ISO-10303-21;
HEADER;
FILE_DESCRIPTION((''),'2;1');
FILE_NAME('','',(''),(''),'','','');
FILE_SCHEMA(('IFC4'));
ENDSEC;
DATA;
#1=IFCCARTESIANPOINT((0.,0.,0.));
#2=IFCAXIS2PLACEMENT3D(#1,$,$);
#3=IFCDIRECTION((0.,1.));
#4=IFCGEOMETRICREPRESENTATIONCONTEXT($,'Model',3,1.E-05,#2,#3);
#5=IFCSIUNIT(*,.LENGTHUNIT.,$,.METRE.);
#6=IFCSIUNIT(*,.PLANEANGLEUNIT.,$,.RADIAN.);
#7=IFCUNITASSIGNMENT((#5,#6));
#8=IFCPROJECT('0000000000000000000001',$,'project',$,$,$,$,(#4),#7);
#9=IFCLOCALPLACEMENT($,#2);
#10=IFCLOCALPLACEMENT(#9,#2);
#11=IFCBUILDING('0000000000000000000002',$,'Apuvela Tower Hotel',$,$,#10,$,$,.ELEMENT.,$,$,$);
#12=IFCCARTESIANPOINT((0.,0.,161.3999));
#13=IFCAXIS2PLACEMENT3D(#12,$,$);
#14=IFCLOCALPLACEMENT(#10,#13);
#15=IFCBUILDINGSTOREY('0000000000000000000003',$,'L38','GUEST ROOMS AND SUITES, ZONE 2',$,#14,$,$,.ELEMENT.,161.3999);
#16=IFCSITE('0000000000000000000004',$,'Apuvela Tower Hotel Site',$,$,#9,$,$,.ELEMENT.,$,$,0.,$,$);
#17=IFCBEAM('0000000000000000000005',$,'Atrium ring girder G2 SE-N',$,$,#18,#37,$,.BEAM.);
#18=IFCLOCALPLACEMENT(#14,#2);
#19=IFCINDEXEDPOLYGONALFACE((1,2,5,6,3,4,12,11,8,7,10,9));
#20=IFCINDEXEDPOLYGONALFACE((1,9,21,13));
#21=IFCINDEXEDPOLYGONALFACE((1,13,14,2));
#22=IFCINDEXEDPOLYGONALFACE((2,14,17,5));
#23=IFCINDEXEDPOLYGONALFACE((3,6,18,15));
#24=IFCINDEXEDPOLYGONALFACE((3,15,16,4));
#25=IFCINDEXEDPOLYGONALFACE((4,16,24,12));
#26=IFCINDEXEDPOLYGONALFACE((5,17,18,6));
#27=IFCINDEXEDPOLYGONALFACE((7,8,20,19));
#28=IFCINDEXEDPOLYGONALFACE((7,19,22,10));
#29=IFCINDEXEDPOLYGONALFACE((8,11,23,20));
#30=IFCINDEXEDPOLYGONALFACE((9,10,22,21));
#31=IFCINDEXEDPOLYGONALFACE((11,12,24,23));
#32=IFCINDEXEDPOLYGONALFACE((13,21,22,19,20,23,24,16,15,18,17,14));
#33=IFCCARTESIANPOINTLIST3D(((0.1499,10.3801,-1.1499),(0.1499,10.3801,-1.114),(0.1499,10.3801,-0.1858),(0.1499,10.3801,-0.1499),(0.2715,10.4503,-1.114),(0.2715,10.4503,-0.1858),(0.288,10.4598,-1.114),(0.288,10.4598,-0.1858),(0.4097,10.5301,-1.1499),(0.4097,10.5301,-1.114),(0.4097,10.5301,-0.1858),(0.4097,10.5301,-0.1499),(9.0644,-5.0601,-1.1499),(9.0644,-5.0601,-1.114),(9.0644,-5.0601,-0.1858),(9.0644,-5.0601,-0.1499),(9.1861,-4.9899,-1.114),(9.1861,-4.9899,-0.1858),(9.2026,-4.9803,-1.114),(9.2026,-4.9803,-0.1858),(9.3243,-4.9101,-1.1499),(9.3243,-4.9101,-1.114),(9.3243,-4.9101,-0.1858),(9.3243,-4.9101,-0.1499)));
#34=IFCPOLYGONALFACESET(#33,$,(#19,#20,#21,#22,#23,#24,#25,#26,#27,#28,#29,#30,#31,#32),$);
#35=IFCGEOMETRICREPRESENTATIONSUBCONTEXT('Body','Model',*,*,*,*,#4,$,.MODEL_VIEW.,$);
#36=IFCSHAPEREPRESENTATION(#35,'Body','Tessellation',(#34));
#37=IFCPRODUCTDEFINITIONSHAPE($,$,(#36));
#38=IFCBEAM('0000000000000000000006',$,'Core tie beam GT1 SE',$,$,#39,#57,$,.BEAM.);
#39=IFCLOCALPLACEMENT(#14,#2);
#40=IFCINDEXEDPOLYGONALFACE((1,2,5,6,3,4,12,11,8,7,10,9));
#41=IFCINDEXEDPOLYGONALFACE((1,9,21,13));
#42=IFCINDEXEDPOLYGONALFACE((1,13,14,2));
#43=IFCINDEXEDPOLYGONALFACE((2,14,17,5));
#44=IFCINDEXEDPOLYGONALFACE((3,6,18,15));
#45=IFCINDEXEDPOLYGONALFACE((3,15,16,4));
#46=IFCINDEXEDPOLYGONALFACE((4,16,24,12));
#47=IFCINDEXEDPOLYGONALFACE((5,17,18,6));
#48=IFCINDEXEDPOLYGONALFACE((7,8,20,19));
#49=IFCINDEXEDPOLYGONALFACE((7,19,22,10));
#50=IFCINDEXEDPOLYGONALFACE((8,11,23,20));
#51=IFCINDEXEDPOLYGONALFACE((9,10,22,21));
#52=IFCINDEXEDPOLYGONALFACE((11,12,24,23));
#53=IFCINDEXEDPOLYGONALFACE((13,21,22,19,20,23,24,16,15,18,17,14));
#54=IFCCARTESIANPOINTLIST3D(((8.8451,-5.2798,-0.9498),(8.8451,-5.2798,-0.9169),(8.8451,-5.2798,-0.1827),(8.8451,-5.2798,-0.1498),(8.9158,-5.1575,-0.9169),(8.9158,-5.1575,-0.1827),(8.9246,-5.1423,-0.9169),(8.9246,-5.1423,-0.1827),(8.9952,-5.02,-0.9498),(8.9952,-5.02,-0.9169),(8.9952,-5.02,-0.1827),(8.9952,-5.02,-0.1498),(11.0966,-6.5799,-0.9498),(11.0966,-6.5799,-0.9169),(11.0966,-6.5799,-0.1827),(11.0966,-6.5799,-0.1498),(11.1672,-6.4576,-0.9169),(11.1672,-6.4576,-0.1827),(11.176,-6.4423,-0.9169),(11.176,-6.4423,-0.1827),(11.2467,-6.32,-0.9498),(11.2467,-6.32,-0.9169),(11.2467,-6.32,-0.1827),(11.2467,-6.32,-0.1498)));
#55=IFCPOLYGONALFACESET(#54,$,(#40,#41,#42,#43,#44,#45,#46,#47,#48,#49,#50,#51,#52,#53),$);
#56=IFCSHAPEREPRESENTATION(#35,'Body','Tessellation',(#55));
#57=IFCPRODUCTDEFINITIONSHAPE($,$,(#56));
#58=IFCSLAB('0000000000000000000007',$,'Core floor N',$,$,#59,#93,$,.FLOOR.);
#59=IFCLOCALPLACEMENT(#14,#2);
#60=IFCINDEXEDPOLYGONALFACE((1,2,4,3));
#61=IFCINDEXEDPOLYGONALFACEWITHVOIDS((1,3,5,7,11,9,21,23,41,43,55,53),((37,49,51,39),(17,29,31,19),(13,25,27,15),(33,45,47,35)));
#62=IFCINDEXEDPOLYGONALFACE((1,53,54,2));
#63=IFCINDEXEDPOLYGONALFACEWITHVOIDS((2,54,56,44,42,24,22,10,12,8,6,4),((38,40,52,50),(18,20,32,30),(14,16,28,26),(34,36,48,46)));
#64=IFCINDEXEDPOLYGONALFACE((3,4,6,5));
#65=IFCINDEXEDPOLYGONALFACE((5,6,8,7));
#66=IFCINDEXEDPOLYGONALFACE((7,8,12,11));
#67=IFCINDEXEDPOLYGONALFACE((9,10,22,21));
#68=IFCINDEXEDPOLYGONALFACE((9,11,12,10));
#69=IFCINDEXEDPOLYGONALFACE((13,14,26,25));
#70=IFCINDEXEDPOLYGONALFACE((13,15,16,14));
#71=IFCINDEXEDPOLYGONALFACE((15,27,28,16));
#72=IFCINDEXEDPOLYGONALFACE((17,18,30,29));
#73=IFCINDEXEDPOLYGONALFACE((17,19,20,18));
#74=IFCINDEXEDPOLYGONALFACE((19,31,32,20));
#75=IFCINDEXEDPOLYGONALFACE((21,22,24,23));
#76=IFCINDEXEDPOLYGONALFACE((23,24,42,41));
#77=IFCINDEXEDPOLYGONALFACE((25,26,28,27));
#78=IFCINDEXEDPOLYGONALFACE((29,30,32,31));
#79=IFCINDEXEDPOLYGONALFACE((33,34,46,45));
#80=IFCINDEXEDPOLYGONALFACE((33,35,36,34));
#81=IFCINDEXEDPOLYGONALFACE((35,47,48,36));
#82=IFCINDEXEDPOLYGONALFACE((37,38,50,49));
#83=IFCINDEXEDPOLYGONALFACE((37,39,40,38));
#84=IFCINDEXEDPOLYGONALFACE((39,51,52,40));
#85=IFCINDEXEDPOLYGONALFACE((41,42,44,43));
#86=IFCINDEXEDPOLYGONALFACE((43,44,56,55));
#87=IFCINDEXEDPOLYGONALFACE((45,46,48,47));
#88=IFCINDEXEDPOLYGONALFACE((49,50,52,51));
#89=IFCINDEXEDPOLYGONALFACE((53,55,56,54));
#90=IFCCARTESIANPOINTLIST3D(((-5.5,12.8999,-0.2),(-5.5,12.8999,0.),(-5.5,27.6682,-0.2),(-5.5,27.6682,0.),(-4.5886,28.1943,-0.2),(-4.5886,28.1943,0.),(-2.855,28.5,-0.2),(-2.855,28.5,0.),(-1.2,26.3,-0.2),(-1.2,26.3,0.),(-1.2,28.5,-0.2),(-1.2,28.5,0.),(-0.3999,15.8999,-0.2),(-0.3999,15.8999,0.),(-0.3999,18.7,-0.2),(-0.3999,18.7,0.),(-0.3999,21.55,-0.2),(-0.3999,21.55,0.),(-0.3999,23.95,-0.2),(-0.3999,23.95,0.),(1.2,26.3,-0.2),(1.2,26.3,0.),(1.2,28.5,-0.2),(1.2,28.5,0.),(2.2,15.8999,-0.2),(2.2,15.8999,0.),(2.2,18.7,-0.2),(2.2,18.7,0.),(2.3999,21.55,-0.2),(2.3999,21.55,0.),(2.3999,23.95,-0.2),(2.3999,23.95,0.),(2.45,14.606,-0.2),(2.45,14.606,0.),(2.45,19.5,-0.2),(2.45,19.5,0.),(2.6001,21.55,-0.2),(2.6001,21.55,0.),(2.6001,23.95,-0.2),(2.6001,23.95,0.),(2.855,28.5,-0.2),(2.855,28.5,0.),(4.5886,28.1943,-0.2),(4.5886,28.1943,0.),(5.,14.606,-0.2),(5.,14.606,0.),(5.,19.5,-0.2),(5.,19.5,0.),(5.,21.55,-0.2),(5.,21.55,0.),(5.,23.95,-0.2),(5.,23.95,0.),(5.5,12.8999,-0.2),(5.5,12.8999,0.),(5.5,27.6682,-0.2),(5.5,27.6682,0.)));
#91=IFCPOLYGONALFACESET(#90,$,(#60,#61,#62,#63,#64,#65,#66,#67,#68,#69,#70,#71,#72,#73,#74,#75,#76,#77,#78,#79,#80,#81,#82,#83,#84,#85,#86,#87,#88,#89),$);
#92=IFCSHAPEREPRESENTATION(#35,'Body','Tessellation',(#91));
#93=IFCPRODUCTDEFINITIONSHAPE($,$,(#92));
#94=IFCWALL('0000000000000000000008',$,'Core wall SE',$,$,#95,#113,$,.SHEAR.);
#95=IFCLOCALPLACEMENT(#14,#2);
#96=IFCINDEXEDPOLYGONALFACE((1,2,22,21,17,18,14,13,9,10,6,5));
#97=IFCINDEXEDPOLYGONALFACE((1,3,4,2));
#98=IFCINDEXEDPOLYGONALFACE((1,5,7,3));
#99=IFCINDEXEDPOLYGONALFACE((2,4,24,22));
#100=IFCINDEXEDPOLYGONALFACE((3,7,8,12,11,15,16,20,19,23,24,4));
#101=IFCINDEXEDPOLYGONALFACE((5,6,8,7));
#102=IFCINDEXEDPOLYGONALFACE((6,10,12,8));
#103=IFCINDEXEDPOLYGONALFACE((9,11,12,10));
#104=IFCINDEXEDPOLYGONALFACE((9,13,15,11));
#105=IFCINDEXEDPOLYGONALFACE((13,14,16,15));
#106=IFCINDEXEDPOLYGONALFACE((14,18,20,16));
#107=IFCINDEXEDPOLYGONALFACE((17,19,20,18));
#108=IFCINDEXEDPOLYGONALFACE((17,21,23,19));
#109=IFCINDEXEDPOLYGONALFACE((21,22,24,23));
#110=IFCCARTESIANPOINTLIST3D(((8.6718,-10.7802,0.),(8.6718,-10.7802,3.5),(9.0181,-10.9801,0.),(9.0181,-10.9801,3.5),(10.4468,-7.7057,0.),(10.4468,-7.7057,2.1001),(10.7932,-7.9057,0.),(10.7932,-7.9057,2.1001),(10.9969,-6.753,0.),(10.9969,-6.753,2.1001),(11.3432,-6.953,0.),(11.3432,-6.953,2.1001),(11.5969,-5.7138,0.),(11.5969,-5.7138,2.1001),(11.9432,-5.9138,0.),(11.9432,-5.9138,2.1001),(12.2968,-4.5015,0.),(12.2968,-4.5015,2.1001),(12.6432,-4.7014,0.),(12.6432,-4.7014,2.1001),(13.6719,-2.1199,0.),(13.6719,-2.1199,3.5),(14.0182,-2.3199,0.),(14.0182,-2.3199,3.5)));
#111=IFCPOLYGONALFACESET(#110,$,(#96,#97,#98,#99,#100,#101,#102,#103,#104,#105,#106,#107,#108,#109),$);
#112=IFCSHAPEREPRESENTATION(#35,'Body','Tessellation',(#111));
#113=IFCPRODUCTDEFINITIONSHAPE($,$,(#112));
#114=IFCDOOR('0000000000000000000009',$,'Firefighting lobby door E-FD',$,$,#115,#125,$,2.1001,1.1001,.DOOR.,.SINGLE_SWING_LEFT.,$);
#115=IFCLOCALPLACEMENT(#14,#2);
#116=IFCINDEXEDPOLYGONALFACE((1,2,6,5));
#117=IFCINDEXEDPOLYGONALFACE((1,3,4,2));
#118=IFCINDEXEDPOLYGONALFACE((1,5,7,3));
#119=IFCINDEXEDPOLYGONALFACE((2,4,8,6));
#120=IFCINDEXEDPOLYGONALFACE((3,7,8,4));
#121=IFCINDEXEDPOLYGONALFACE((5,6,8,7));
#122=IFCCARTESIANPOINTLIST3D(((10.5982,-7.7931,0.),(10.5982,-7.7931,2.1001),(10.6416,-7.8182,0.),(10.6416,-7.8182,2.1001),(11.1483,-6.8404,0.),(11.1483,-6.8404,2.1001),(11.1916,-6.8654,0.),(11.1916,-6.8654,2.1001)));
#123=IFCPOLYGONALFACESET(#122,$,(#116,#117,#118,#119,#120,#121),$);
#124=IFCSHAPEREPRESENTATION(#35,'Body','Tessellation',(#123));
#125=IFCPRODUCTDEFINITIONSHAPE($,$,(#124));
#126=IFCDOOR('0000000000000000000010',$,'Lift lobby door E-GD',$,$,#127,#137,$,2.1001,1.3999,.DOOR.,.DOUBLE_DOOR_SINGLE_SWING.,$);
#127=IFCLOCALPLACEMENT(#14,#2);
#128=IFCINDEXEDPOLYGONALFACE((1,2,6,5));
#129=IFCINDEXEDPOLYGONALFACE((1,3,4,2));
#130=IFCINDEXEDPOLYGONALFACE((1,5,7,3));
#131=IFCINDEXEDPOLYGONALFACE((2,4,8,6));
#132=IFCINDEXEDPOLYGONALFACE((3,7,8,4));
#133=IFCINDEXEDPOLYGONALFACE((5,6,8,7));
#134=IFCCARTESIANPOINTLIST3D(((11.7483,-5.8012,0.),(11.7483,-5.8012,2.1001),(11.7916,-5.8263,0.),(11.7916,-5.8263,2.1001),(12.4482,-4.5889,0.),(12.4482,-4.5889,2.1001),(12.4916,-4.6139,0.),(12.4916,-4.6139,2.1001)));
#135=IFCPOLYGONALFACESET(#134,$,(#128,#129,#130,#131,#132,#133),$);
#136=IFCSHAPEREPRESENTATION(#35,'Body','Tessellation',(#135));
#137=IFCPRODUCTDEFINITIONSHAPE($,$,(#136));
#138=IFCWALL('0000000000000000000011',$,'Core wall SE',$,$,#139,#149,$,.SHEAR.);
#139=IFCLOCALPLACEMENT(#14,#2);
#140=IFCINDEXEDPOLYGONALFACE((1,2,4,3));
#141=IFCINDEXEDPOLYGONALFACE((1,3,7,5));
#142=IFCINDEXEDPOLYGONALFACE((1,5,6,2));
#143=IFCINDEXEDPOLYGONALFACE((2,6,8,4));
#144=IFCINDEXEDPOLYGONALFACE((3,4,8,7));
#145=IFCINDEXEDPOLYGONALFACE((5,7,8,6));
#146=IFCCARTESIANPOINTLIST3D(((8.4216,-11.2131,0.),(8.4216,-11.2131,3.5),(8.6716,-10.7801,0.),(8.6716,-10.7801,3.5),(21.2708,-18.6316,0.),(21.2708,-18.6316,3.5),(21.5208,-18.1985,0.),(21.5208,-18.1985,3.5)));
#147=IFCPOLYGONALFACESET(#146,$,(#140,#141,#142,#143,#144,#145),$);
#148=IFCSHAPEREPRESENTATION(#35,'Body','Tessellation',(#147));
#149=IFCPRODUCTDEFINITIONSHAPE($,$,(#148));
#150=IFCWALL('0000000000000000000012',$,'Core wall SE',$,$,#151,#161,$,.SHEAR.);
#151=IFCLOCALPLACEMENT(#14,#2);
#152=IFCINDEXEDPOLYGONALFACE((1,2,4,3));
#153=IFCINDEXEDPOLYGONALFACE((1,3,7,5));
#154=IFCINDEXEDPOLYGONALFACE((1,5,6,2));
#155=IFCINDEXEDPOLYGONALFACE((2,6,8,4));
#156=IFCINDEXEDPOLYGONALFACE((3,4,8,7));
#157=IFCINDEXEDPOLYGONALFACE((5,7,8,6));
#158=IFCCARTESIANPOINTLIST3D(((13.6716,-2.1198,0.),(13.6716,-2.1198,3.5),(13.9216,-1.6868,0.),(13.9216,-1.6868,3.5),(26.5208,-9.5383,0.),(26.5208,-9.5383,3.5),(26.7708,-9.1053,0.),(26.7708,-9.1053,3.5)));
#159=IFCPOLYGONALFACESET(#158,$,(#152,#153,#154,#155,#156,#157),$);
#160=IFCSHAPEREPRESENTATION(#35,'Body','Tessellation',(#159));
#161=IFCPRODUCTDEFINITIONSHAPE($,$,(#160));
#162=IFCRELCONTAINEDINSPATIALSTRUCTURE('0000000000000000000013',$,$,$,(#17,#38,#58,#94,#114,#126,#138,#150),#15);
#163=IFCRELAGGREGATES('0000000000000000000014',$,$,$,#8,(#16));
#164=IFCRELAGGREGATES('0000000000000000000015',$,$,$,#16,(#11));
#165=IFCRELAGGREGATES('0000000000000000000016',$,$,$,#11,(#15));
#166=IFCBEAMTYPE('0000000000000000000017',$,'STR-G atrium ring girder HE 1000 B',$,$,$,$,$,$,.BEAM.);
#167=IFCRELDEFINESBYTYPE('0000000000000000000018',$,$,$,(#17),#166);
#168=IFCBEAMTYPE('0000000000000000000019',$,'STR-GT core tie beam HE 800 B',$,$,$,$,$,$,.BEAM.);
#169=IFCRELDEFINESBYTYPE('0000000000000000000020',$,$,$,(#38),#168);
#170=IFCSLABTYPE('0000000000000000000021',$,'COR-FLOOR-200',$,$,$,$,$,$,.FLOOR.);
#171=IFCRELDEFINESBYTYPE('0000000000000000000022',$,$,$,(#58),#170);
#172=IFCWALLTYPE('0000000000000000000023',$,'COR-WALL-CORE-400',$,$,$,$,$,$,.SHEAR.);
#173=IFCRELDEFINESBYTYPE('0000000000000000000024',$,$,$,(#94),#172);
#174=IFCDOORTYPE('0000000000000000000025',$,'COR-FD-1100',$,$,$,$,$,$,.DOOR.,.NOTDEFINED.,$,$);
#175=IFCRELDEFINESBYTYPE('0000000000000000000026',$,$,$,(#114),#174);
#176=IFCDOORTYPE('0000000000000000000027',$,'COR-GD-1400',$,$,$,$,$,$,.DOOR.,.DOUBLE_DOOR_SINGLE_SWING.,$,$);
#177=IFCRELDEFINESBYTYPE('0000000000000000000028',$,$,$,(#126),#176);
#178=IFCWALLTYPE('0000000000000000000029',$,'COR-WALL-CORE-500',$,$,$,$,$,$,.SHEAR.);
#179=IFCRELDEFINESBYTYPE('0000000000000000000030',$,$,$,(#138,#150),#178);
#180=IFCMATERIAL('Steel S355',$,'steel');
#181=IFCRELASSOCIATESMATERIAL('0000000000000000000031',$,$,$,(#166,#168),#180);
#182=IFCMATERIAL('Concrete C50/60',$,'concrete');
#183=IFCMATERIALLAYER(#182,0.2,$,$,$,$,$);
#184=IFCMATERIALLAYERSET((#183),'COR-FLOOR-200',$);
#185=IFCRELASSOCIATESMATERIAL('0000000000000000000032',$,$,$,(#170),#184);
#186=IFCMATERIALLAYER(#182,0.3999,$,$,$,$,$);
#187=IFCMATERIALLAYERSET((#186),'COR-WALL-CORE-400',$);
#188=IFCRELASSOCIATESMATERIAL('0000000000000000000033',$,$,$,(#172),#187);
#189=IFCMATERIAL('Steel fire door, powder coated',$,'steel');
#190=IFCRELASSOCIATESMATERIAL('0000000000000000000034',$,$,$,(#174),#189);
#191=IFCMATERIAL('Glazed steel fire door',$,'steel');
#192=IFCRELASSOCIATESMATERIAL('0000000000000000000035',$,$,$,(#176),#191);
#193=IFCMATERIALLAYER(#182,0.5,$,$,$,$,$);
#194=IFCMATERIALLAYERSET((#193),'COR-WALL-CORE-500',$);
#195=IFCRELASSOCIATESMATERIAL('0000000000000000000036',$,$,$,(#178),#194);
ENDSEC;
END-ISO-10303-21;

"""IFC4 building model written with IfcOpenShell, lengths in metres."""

from ifc_helpers import new_model, si_unit, direction, frame, frame_2d, origin, origin_2d, place, context, subcontext, project, spatial, polyline, rectangle, i_section, outline, extrude, material, layer, layer_set, material_profile, profile_set, type_object, element, fill, save


model = new_model("IFC4")

# Units and contexts
model_context = context("Model", 3, precision=1e-05, world=origin(), true_north=direction((0.0, 1.0)))
body_context = subcontext(model_context, "Body", "Model", "MODEL_VIEW")
ifc_project = project(units=[si_unit("LENGTHUNIT", "METRE"), si_unit("PLANEANGLEUNIT", "RADIAN")], contexts=[model_context])

# Site, building, storey
site_placement = place(None, origin())
site = spatial("IfcSite", under=ifc_project, at=site_placement, Name="Apuvela Tower Hotel Site", CompositionType="ELEMENT", RefElevation=0.0)
building_placement = place(site_placement, origin())
building = spatial("IfcBuilding", under=site, at=building_placement, Name="Apuvela Tower Hotel", CompositionType="ELEMENT")
storey_placement = place(building_placement, frame((0.0, 0.0, 161.3999)))
storey = spatial("IfcBuildingStorey", under=building, at=storey_placement, Name="L38", Description="GUEST ROOMS AND SUITES, ZONE 2", CompositionType="ELEMENT", Elevation=161.3999)

# Beams
ifc_material_1 = material(Name="Steel S355", Category="steel")
ifc_material_profile_1 = material_profile(ifc_material_1, i_section(OverallWidth=0.3, OverallDepth=1.0, WebThickness=0.019, FlangeThickness=0.0359, at=origin_2d()), Name="HE 1000 B")
ifc_profile_set_1 = profile_set([ifc_material_profile_1], Name="Steel S355")
beam_type_1 = type_object("IfcBeamType", Name="STR-G atrium ring girder HE 1000 B", PredefinedType="BEAM", material=ifc_profile_set_1)
beam_1_placement = place(storey_placement, frame((9.1943, -4.9851, -0.6499), z_axis=(-0.500007, 0.866022, 0.0), x_axis=(-0.866022, -0.500007, 0.0)))
element("IfcBeam", 1, at=beam_1_placement, inside=storey, type_object=beam_type_1, Name="Atrium ring girder G2 SE-N", PredefinedType="BEAM", context=body_context, shape_type="SweptSolid", body=[
    extrude(i_section(OverallWidth=0.3, OverallDepth=1.0, WebThickness=0.019, FlangeThickness=0.0359, at=origin_2d()), origin(), (0.0, 0.0, 1.0), 17.8289),
])
ifc_material_profile_2 = material_profile(ifc_material_1, i_section(OverallWidth=0.3, OverallDepth=0.8, WebThickness=0.0176, FlangeThickness=0.033, at=origin_2d()), Name="HE 800 B")
ifc_profile_set_2 = profile_set([ifc_material_profile_2], Name="Steel S355")
beam_type_2 = type_object("IfcBeamType", Name="STR-GT core tie beam HE 800 B", PredefinedType="BEAM", material=ifc_profile_set_2)
beam_2_placement = place(storey_placement, frame((11.1716, -6.45, -0.5498), z_axis=(-0.865998, 0.500048, 0.0), x_axis=(-0.500048, -0.865998, 0.0)))
element("IfcBeam", 2, at=beam_2_placement, inside=storey, type_object=beam_type_2, Name="Core tie beam GT1 SE", PredefinedType="BEAM", context=body_context, shape_type="SweptSolid", body=[
    extrude(i_section(OverallWidth=0.3, OverallDepth=0.8, WebThickness=0.0176, FlangeThickness=0.033, at=origin_2d()), origin(), (0.0, 0.0, 1.0), 2.5999),
])

# Slab
ifc_material_2 = material(Name="Concrete C50/60", Category="concrete")
ifc_layer_1 = layer(ifc_material_2, 0.2)
ifc_layer_set_1 = layer_set([ifc_layer_1], Name="COR-FLOOR-200")
slab_type = type_object("IfcSlabType", Name="COR-FLOOR-200", PredefinedType="FLOOR", material=ifc_layer_set_1)
slab_placement = place(storey_placement, frame((0.0, 0.0, -0.2)))
element("IfcSlab", 3, at=slab_placement, inside=storey, type_object=slab_type, Name="Core floor N", PredefinedType="FLOOR", context=body_context, shape_type="SweptSolid", body=[
    extrude(outline(polyline([(5.5, 27.6682), (4.5886, 28.1943), (2.855, 28.5), (1.2, 28.5), (1.2, 26.3), (-1.2, 26.3), (-1.2, 28.5), (-2.855, 28.5), (-4.5886, 28.1943), (-5.5, 27.6682), (-5.5, 12.8999), (5.5, 12.8999), (5.5, 27.6682)]), holes=[polyline([(5.0, 14.606), (2.45, 14.606), (2.45, 19.5), (5.0, 19.5), (5.0, 14.606)]), polyline([(2.2, 15.8999), (-0.3999, 15.8999), (-0.3999, 18.7), (2.2, 18.7), (2.2, 15.8999)]), polyline([(5.0, 21.55), (2.6001, 21.55), (2.6001, 23.95), (5.0, 23.95), (5.0, 21.55)]), polyline([(2.3999, 21.55), (-0.3999, 21.55), (-0.3999, 23.95), (2.3999, 23.95), (2.3999, 21.55)])]), origin(), (0.0, 0.0, 1.0), 0.2),
])

# Wall, openings, doors
ifc_layer_2 = layer(ifc_material_2, 0.3999)
ifc_layer_set_2 = layer_set([ifc_layer_2], Name="COR-WALL-CORE-400")
wall_type_1 = type_object("IfcWallType", Name="COR-WALL-CORE-400", PredefinedType="SHEAR", material=ifc_layer_set_2)
wall_1_placement = place(storey_placement, frame((8.845, -10.8801, 0.0), z_axis=(0.0, 0.0, 1.0), x_axis=(0.500004, 0.866023, 0.0)))
wall_1 = element("IfcWall", 4, at=wall_1_placement, inside=storey, type_object=wall_type_1, Name="Core wall SE", PredefinedType="SHEAR", context=body_context, shape_type="SweptSolid", body=[
    extrude(rectangle(XDim=10.0, YDim=0.3999, at=frame_2d((5.0, 0.0))), origin(), (0.0, 0.0, 1.0), 3.5),
])
opening_1_placement = place(wall_1_placement, frame((3.55, 0.0, 0.0)))
opening_1 = element("IfcOpeningElement", 5, at=opening_1_placement, cuts=wall_1, PredefinedType="OPENING", context=body_context, shape_type="SweptSolid", body=[
    extrude(rectangle(XDim=1.1001, YDim=2.1001, at=frame_2d((0.55, 1.05))), frame((0.0, 0.21, 0.0), z_axis=(0.0, -1.0, 0.0), x_axis=(1.0, 0.0, 0.0)), (0.0, 0.0, 1.0), 0.4199),
])
opening_2_placement = place(wall_1_placement, frame((5.8501, 0.0, 0.0)))
opening_2 = element("IfcOpeningElement", 6, at=opening_2_placement, cuts=wall_1, PredefinedType="OPENING", context=body_context, shape_type="SweptSolid", body=[
    extrude(rectangle(XDim=1.3999, YDim=2.1001, at=frame_2d((0.7, 1.05))), frame((0.0, 0.21, 0.0), z_axis=(0.0, -1.0, 0.0), x_axis=(1.0, 0.0, 0.0)), (0.0, 0.0, 1.0), 0.4199),
])
ifc_material_3 = material(Name="Steel fire door, powder coated", Category="steel")
door_type_1 = type_object("IfcDoorType", Name="COR-FD-1100", OperationType="NOTDEFINED", PredefinedType="DOOR", material=ifc_material_3)
door_1_placement = place(opening_1_placement, frame((1.1001, 0.0, 0.0), z_axis=(0.0, 0.0, 1.0), x_axis=(-1.0, 0.0, 0.0)))
door_1 = element("IfcDoor", 7, at=door_1_placement, inside=storey, type_object=door_type_1, Name="Firefighting lobby door E-FD", OperationType="SINGLE_SWING_LEFT", OverallHeight=2.1001, OverallWidth=1.1001, PredefinedType="DOOR", context=body_context, shape_type="SweptSolid", body=[
    extrude(rectangle(XDim=1.1001, YDim=2.1001, at=frame_2d((0.55, 1.05))), frame((0.0, 0.0249, 0.0), z_axis=(0.0, -1.0, 0.0), x_axis=(1.0, 0.0, 0.0)), (0.0, 0.0, 1.0), 0.05),
])
fill(opening_1, door_1)
ifc_material_4 = material(Name="Glazed steel fire door", Category="steel")
door_type_2 = type_object("IfcDoorType", Name="COR-GD-1400", OperationType="DOUBLE_DOOR_SINGLE_SWING", PredefinedType="DOOR", material=ifc_material_4)
door_2_placement = place(opening_2_placement, frame((1.3999, 0.0, 0.0), z_axis=(0.0, 0.0, 1.0), x_axis=(-1.0, 0.0, 0.0)))
door_2 = element("IfcDoor", 8, at=door_2_placement, inside=storey, type_object=door_type_2, Name="Lift lobby door E-GD", OperationType="DOUBLE_DOOR_SINGLE_SWING", OverallHeight=2.1001, OverallWidth=1.3999, PredefinedType="DOOR", context=body_context, shape_type="SweptSolid", body=[
    extrude(rectangle(XDim=1.3999, YDim=2.1001, at=frame_2d((0.7, 1.05))), frame((0.0, 0.0249, 0.0), z_axis=(0.0, -1.0, 0.0), x_axis=(1.0, 0.0, 0.0)), (0.0, 0.0, 1.0), 0.05),
])
fill(opening_2, door_2)

# Walls
ifc_layer_3 = layer(ifc_material_2, 0.5)
ifc_layer_set_3 = layer_set([ifc_layer_3], Name="COR-WALL-CORE-500")
wall_type_2 = type_object("IfcWallType", Name="COR-WALL-CORE-500", PredefinedType="SHEAR", material=ifc_layer_set_3)
for number, where, z_axis, x_axis, name in (
    (9, (8.5466, -10.9966, 0.0), (0.0, 0.0, 1.0), (0.866025, -0.500001, 0.0), "Core wall SE"),
    (10, (13.7966, -1.9033, 0.0), (0.0, 0.0, 1.0), (0.866025, -0.500001, 0.0), "Core wall SE"),
):
    element("IfcWall", number, at=place(storey_placement, frame(where, z_axis=z_axis, x_axis=x_axis)), inside=storey, type_object=wall_type_2, Name=name, PredefinedType="SHEAR", context=body_context, shape_type="SweptSolid", body=[
        extrude(rectangle(XDim=14.8369, YDim=0.5, at=frame_2d((7.4185, 0.0))), origin(), (0.0, 0.0, 1.0), 3.5),
    ])

save(model, "model.ifc")
